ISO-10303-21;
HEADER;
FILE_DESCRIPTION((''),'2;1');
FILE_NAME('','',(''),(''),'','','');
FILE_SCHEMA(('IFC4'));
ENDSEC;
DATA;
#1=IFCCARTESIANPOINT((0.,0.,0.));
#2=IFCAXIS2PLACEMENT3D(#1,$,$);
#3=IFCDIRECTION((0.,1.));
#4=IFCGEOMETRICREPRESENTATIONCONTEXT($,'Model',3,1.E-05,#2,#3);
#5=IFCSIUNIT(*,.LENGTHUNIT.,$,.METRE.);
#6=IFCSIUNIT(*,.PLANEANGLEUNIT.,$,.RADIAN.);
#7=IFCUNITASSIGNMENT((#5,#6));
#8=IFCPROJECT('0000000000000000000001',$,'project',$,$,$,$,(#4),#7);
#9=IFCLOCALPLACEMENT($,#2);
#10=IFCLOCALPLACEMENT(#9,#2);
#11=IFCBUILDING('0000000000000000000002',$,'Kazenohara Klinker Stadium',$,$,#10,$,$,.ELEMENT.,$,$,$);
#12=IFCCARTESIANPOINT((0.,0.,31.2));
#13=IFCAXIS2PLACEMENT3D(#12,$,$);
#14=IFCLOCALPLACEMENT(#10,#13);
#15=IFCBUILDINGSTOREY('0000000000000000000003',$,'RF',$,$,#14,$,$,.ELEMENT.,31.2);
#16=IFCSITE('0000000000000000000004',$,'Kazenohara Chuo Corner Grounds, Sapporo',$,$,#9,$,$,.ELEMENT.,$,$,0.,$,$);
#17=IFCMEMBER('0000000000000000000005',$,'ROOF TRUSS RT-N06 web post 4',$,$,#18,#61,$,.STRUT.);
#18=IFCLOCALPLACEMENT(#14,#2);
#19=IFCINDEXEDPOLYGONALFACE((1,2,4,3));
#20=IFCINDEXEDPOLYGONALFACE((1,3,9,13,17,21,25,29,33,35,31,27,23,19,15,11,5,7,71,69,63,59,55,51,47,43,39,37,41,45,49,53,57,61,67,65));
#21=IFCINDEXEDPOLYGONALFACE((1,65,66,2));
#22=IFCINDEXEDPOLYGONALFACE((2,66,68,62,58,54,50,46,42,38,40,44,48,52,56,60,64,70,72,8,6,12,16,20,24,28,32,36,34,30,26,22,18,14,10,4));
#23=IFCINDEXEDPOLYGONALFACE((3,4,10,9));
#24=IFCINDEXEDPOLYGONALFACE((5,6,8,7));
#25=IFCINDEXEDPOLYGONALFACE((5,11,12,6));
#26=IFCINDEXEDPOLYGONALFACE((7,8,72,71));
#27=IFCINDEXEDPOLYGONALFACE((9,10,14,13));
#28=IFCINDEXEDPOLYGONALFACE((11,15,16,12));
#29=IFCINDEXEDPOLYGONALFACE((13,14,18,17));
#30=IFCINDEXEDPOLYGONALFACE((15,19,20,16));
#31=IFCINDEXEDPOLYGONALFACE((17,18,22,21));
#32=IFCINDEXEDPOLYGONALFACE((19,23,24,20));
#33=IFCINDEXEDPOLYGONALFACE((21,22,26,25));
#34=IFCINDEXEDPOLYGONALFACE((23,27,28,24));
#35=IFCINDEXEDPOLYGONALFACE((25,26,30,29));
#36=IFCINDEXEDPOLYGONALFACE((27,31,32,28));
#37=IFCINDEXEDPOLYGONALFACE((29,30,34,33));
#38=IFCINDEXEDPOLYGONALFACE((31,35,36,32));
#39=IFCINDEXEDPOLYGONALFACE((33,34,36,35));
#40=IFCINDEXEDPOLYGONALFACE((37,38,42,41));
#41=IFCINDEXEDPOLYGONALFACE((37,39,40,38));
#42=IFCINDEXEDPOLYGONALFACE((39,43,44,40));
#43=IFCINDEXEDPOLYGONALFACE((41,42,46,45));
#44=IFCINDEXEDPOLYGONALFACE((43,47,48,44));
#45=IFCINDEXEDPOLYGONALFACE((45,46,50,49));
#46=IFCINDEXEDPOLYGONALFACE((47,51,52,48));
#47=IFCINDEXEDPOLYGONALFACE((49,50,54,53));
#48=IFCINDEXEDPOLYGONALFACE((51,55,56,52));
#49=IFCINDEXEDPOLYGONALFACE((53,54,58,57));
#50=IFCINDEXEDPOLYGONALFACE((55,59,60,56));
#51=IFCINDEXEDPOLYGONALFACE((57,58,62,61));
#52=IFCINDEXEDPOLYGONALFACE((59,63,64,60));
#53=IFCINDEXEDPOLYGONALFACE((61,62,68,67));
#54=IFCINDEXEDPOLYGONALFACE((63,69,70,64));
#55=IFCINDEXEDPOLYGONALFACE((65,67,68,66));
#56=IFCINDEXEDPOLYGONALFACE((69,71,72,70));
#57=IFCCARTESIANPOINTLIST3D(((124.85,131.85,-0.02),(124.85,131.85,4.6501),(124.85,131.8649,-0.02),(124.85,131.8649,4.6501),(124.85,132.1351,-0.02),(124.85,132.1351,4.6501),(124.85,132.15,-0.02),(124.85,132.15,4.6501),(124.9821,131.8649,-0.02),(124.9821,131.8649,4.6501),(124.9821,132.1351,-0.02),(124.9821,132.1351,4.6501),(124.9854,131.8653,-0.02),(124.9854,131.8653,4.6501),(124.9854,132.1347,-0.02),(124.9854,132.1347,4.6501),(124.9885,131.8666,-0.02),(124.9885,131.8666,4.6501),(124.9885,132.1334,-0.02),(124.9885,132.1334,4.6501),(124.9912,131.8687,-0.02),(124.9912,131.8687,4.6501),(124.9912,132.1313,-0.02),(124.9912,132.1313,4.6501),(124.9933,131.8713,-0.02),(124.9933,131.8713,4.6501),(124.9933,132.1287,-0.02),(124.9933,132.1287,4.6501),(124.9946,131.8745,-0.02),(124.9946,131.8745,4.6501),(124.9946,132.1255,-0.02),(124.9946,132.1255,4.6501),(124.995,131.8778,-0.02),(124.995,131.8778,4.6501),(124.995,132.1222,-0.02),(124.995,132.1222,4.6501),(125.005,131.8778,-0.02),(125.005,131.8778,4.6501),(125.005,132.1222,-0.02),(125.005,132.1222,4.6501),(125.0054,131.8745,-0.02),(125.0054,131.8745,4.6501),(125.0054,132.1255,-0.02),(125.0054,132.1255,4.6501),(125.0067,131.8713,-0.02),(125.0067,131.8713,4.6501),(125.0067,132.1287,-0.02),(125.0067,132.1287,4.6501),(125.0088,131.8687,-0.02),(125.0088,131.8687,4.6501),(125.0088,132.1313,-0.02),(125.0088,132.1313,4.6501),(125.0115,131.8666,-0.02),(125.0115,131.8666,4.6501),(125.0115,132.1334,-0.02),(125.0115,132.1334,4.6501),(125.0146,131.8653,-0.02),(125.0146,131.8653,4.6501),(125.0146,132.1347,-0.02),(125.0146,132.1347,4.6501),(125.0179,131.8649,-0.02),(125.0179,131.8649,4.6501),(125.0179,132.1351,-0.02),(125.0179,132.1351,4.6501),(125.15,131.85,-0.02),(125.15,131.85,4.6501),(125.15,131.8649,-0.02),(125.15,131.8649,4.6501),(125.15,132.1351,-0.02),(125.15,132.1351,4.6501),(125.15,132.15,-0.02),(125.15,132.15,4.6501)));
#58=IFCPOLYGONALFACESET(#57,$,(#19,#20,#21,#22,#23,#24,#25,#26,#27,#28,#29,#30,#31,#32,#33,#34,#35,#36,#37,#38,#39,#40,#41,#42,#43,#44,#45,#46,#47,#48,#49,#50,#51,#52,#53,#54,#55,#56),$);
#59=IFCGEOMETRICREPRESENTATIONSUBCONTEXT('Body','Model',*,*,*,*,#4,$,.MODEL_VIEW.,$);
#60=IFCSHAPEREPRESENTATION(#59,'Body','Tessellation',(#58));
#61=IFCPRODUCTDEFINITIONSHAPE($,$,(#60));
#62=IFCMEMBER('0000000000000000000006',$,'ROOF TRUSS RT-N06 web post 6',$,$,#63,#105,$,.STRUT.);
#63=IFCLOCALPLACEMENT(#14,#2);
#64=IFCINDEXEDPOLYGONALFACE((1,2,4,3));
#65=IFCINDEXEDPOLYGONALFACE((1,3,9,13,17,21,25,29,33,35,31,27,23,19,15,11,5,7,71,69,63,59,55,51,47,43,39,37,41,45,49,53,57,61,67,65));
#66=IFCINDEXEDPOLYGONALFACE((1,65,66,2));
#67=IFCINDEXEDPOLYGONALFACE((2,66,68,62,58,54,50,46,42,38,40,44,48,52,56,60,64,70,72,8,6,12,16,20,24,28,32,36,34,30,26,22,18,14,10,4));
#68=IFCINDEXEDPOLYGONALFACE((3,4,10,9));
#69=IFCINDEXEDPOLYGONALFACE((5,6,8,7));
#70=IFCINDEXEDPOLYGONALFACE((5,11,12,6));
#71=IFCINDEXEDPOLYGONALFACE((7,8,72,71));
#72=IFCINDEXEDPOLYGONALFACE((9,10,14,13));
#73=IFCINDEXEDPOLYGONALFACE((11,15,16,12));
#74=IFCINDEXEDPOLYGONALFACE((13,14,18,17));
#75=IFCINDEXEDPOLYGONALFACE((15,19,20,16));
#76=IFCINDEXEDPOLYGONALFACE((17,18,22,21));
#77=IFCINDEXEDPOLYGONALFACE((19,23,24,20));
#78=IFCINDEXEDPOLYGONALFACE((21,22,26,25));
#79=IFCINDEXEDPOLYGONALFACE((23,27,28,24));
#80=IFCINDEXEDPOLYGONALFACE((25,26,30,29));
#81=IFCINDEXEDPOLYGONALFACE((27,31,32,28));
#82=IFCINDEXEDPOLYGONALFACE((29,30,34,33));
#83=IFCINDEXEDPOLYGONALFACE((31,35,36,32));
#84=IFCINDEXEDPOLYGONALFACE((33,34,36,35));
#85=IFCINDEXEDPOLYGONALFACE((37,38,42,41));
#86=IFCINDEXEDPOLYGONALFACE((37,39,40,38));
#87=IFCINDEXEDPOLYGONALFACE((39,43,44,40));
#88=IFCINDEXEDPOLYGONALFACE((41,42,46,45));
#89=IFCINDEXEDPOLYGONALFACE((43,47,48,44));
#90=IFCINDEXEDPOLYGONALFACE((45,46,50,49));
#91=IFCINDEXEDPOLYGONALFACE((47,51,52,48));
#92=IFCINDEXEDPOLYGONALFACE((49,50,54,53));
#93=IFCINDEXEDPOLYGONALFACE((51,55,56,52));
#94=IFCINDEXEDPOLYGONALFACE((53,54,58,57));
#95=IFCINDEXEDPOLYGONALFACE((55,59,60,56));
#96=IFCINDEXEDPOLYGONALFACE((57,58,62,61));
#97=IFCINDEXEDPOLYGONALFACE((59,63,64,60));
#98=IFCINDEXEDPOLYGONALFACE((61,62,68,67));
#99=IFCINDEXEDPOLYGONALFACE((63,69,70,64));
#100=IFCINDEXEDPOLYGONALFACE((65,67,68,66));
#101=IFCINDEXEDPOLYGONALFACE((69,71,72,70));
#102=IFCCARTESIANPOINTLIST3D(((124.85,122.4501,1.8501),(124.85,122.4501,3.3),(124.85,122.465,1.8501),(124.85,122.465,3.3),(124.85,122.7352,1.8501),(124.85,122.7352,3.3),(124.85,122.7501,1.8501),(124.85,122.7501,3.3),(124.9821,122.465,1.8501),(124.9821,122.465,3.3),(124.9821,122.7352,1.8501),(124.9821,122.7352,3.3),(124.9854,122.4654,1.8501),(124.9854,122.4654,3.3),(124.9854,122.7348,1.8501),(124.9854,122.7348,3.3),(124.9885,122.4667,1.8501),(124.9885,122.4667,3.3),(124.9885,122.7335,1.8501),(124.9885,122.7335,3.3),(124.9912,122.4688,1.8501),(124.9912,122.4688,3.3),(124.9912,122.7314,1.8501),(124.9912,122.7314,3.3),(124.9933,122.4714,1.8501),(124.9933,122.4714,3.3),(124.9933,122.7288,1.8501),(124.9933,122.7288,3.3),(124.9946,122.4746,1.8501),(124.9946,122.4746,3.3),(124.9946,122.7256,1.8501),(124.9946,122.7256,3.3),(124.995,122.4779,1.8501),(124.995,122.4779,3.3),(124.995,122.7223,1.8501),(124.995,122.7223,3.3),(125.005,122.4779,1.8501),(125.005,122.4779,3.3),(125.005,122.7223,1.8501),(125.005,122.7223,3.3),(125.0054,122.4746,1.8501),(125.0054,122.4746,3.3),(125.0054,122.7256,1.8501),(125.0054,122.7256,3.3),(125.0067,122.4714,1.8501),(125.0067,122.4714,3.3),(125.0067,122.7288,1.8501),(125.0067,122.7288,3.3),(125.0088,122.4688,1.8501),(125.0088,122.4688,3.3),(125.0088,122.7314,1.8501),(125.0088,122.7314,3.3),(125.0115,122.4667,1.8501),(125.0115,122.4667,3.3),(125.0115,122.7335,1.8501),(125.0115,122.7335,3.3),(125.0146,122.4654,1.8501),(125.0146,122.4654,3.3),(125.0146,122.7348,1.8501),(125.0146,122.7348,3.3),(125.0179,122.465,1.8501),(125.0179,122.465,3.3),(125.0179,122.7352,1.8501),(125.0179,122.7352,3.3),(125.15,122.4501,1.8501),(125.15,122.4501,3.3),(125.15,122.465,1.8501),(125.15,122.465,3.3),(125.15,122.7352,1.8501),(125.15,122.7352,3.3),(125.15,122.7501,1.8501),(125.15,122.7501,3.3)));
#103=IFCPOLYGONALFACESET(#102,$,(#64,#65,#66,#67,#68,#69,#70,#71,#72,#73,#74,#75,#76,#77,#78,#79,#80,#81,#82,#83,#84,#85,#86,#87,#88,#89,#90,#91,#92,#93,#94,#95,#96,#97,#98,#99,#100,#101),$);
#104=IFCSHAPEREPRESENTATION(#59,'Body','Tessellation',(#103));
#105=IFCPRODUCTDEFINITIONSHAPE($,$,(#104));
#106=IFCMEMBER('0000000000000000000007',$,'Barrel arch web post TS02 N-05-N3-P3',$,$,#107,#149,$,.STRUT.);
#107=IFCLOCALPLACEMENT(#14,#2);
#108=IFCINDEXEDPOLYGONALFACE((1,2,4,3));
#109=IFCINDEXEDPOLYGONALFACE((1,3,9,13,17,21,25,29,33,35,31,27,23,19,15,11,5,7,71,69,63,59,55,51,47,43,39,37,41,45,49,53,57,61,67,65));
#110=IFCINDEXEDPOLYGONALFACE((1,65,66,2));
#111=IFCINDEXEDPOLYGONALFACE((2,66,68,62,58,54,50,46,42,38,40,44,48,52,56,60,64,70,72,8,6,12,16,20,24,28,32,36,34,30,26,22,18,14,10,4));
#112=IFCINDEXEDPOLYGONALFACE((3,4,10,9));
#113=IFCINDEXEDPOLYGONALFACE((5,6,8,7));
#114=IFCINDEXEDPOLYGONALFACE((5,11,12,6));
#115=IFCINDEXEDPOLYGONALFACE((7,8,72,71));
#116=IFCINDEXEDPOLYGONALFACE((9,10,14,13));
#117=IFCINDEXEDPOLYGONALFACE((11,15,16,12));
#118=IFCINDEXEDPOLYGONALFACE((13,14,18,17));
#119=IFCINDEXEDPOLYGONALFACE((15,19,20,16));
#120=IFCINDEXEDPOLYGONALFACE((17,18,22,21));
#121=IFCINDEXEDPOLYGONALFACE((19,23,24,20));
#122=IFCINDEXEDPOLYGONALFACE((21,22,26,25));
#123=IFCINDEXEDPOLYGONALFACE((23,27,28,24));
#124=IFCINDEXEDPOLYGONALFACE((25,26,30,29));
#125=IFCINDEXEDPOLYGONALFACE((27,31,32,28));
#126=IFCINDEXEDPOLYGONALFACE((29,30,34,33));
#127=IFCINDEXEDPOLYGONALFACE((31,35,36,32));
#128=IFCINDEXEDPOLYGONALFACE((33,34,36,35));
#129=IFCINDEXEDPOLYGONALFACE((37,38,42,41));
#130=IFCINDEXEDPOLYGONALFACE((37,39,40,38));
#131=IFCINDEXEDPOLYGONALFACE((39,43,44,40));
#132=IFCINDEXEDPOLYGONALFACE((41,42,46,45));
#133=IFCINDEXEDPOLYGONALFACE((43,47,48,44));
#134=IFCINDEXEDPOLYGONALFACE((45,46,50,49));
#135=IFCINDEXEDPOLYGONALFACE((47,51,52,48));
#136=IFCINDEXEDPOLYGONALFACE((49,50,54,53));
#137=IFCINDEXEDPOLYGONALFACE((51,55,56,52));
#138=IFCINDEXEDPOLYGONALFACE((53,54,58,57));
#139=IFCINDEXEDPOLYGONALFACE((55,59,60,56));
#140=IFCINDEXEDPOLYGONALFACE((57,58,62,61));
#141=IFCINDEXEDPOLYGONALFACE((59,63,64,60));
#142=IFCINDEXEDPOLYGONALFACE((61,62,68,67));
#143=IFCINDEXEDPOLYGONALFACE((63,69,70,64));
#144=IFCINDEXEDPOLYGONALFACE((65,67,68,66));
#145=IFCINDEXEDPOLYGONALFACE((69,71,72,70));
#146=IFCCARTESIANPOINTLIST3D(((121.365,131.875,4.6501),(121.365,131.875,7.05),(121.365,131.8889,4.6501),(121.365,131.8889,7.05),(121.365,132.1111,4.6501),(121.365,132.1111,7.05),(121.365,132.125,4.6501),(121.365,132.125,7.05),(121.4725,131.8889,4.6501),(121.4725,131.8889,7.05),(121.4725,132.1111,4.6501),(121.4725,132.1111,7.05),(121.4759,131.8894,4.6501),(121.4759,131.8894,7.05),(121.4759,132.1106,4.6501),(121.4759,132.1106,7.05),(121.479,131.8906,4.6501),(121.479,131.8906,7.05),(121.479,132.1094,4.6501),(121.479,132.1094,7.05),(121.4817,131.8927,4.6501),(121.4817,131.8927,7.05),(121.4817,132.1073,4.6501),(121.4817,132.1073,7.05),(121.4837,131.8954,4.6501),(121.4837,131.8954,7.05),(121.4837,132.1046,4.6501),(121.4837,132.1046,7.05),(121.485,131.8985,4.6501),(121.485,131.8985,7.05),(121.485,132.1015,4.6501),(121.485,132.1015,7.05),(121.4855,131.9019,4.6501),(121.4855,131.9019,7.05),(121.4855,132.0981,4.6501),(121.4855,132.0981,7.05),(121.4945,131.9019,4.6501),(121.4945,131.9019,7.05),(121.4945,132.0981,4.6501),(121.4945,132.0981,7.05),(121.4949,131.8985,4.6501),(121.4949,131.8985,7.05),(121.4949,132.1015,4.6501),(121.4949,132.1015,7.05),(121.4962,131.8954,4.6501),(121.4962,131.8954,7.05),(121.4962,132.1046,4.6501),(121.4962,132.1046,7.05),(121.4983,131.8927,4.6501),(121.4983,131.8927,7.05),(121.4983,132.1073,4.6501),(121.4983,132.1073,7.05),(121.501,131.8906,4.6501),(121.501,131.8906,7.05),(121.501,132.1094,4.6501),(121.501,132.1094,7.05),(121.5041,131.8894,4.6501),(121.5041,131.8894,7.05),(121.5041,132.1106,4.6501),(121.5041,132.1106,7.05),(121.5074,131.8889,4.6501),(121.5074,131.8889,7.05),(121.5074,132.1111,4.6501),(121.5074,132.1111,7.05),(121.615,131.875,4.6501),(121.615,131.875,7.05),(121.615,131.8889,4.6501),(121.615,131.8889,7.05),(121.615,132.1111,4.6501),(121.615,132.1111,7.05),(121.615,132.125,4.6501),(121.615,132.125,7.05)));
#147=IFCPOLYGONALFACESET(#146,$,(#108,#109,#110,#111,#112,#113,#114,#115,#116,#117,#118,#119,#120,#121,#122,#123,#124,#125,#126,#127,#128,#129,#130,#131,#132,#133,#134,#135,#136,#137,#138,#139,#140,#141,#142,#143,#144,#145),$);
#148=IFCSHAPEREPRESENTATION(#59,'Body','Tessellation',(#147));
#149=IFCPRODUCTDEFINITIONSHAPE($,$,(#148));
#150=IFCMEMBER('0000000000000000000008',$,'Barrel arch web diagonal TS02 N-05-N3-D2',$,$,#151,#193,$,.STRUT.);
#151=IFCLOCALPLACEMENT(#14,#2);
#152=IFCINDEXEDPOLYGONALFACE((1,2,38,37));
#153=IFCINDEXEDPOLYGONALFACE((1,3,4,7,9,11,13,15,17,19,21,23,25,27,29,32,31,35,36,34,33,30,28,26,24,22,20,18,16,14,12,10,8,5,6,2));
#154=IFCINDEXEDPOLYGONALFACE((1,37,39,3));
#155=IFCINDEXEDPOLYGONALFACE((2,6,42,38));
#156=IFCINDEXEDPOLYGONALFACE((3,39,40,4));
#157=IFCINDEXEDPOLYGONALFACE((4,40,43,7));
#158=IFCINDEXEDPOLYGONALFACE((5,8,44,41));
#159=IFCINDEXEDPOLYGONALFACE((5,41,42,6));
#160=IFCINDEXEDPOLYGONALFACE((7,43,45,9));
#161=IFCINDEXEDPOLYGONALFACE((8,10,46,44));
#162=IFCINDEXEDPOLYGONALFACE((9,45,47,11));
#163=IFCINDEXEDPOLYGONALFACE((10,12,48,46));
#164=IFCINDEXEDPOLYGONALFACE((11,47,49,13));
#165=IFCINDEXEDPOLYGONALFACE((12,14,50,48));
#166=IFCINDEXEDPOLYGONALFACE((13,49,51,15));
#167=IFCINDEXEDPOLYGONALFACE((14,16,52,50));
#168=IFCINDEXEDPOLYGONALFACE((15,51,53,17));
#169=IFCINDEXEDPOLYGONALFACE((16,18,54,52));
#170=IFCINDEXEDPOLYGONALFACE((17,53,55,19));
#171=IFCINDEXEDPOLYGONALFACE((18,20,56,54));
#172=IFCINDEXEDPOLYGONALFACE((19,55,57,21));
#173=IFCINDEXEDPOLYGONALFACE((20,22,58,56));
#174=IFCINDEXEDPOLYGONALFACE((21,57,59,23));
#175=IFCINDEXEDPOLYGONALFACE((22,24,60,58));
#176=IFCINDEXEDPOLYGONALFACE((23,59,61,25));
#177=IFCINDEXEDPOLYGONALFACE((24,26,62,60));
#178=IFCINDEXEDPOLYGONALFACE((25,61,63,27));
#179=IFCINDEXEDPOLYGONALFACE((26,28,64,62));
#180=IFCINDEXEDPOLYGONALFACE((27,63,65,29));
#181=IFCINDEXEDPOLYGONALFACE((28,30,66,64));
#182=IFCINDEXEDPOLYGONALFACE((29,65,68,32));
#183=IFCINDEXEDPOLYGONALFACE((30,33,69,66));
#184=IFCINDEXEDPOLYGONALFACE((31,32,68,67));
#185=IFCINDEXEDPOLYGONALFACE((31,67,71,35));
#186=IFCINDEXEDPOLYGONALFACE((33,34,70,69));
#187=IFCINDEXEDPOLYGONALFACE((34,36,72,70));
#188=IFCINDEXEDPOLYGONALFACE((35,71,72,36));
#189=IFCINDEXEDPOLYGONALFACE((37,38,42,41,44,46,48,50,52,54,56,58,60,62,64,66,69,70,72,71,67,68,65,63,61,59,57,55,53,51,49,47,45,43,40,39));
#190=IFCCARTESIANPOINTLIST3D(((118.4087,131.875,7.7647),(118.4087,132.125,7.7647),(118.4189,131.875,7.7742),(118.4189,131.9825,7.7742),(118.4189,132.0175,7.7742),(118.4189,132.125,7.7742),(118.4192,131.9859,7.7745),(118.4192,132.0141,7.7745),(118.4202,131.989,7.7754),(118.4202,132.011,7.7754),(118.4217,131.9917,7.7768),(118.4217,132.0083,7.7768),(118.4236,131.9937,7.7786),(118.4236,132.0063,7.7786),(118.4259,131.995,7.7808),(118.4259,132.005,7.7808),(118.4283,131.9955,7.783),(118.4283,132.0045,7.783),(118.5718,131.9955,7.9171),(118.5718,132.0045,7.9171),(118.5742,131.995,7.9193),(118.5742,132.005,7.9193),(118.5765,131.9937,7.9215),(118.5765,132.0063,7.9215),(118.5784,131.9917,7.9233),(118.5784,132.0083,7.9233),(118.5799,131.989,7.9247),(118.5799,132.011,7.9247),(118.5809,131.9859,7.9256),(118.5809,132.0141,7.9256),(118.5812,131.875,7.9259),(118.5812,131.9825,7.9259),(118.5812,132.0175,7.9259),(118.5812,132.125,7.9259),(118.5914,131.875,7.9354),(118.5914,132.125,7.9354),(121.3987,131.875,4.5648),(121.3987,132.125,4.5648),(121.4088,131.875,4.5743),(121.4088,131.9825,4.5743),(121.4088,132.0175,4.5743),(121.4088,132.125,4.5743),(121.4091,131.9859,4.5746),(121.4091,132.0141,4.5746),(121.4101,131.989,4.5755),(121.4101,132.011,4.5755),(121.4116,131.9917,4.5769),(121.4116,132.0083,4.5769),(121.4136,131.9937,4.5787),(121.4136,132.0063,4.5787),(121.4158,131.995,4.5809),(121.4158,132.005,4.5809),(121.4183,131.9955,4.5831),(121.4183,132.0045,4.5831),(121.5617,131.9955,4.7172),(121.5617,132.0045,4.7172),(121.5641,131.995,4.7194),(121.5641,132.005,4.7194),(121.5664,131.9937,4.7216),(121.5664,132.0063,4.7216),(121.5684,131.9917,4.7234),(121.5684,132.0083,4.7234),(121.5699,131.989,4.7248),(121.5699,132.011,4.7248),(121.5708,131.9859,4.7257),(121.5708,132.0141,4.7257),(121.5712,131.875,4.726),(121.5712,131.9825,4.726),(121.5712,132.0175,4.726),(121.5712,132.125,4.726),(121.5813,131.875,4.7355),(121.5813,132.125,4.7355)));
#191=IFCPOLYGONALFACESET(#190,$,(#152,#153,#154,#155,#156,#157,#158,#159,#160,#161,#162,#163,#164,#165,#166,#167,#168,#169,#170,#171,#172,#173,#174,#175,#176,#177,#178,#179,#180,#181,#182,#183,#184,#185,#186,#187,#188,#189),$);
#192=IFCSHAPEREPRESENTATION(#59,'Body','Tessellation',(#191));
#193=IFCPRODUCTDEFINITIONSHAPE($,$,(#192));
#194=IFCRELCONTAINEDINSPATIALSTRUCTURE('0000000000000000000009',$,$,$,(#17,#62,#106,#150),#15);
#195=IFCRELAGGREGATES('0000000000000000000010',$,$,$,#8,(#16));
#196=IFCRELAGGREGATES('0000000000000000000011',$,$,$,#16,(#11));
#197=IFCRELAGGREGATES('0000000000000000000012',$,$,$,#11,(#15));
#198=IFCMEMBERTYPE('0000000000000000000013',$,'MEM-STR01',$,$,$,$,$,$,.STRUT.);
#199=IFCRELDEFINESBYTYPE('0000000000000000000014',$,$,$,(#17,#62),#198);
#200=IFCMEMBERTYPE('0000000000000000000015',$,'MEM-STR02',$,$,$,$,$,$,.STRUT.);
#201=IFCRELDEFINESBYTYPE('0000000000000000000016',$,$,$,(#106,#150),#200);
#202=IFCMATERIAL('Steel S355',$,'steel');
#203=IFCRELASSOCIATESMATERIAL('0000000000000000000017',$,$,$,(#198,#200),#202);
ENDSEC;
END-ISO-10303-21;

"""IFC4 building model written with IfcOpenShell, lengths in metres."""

from ifc_helpers import new_model, si_unit, direction, frame, origin, origin_2d, place, context, subcontext, project, spatial, i_section, extrude, material, material_profile, profile_set, type_object, element, save


model = new_model("IFC4")

# Units and contexts
model_context = context("Model", 3, precision=1e-05, world=origin(), true_north=direction((0.0, 1.0)))
body_context = subcontext(model_context, "Body", "Model", "MODEL_VIEW")
ifc_project = project(units=[si_unit("LENGTHUNIT", "METRE"), si_unit("PLANEANGLEUNIT", "RADIAN")], contexts=[model_context])

# Site, building, storey
site_placement = place(None, origin())
site = spatial("IfcSite", under=ifc_project, at=site_placement, Name="Kazenohara Chuo Corner Grounds, Sapporo", CompositionType="ELEMENT", RefElevation=0.0)
building_placement = place(site_placement, origin())
building = spatial("IfcBuilding", under=site, at=building_placement, Name="Kazenohara Klinker Stadium", CompositionType="ELEMENT")
storey_placement = place(building_placement, frame((0.0, 0.0, 31.2)))
storey = spatial("IfcBuildingStorey", under=building, at=storey_placement, Name="RF", CompositionType="ELEMENT", Elevation=31.2)

# Members
ifc_material_1 = material(Name="Steel S355", Category="steel")
ifc_material_profile_1 = material_profile(ifc_material_1, i_section(OverallWidth=0.3, OverallDepth=0.3, WebThickness=0.01, FlangeThickness=0.0149, FilletRadius=0.0129, at=origin_2d()), Name="H-300x300x10x15")
ifc_profile_set_1 = profile_set([ifc_material_profile_1], Name="Steel S355")
member_type_1 = type_object("IfcMemberType", Name="MEM-STR01", PredefinedType="STRUT", material=ifc_profile_set_1)
member_1_placement = place(storey_placement, frame((125.0, 132.0, -0.02), z_axis=(0.0, 0.0, 1.0), x_axis=(1.0, 0.0, 0.0)))
element("IfcMember", 1, at=member_1_placement, inside=storey, type_object=member_type_1, Name="ROOF TRUSS RT-N06 web post 4", PredefinedType="STRUT", context=body_context, shape_type="SweptSolid", body=[
    extrude(i_section(OverallWidth=0.3, OverallDepth=0.3, WebThickness=0.01, FlangeThickness=0.0149, FilletRadius=0.0129, at=origin_2d()), origin(), (0.0, 0.0, 1.0), 4.6702),
])
member_2_placement = place(storey_placement, frame((125.0, 122.6001, 1.8501), z_axis=(0.0, 0.0, 1.0), x_axis=(1.0, 0.0, 0.0)))
element("IfcMember", 2, at=member_2_placement, inside=storey, type_object=member_type_1, Name="ROOF TRUSS RT-N06 web post 6", PredefinedType="STRUT", context=body_context, shape_type="SweptSolid", body=[
    extrude(i_section(OverallWidth=0.3, OverallDepth=0.3, WebThickness=0.01, FlangeThickness=0.0149, FilletRadius=0.0129, at=origin_2d()), origin(), (0.0, 0.0, 1.0), 1.45),
])
ifc_material_profile_2 = material_profile(ifc_material_1, i_section(OverallWidth=0.25, OverallDepth=0.25, WebThickness=0.009, FlangeThickness=0.0139, FilletRadius=0.0129, at=origin_2d()), Name="H-250x250x9x14")
ifc_profile_set_2 = profile_set([ifc_material_profile_2], Name="Steel S355")
member_type_2 = type_object("IfcMemberType", Name="MEM-STR02", PredefinedType="STRUT", material=ifc_profile_set_2)
member_3_placement = place(storey_placement, frame((121.49, 132.0, 4.6501), z_axis=(0.0, 0.0, 1.0), x_axis=(1.0, 0.0, 0.0)))
element("IfcMember", 3, at=member_3_placement, inside=storey, type_object=member_type_2, Name="Barrel arch web post TS02 N-05-N3-P3", PredefinedType="STRUT", context=body_context, shape_type="SweptSolid", body=[
    extrude(i_section(OverallWidth=0.25, OverallDepth=0.25, WebThickness=0.009, FlangeThickness=0.0139, FilletRadius=0.0129, at=origin_2d()), origin(), (0.0, 0.0, 1.0), 2.3999),
])
member_4_placement = place(storey_placement, frame((121.49, 132.0, 4.6501), z_axis=(-0.682729, 0.0, 0.730671), x_axis=(0.0, -1.0, 0.0)))
element("IfcMember", 4, at=member_4_placement, inside=storey, type_object=member_type_2, Name="Barrel arch web diagonal TS02 N-05-N3-D2", PredefinedType="STRUT", context=body_context, shape_type="SweptSolid", body=[
    extrude(i_section(OverallWidth=0.25, OverallDepth=0.25, WebThickness=0.009, FlangeThickness=0.0139, FilletRadius=0.0129, at=origin_2d()), origin(), (0.0, 0.0, 1.0), 4.3794),
])

save(model, "model.ifc")
